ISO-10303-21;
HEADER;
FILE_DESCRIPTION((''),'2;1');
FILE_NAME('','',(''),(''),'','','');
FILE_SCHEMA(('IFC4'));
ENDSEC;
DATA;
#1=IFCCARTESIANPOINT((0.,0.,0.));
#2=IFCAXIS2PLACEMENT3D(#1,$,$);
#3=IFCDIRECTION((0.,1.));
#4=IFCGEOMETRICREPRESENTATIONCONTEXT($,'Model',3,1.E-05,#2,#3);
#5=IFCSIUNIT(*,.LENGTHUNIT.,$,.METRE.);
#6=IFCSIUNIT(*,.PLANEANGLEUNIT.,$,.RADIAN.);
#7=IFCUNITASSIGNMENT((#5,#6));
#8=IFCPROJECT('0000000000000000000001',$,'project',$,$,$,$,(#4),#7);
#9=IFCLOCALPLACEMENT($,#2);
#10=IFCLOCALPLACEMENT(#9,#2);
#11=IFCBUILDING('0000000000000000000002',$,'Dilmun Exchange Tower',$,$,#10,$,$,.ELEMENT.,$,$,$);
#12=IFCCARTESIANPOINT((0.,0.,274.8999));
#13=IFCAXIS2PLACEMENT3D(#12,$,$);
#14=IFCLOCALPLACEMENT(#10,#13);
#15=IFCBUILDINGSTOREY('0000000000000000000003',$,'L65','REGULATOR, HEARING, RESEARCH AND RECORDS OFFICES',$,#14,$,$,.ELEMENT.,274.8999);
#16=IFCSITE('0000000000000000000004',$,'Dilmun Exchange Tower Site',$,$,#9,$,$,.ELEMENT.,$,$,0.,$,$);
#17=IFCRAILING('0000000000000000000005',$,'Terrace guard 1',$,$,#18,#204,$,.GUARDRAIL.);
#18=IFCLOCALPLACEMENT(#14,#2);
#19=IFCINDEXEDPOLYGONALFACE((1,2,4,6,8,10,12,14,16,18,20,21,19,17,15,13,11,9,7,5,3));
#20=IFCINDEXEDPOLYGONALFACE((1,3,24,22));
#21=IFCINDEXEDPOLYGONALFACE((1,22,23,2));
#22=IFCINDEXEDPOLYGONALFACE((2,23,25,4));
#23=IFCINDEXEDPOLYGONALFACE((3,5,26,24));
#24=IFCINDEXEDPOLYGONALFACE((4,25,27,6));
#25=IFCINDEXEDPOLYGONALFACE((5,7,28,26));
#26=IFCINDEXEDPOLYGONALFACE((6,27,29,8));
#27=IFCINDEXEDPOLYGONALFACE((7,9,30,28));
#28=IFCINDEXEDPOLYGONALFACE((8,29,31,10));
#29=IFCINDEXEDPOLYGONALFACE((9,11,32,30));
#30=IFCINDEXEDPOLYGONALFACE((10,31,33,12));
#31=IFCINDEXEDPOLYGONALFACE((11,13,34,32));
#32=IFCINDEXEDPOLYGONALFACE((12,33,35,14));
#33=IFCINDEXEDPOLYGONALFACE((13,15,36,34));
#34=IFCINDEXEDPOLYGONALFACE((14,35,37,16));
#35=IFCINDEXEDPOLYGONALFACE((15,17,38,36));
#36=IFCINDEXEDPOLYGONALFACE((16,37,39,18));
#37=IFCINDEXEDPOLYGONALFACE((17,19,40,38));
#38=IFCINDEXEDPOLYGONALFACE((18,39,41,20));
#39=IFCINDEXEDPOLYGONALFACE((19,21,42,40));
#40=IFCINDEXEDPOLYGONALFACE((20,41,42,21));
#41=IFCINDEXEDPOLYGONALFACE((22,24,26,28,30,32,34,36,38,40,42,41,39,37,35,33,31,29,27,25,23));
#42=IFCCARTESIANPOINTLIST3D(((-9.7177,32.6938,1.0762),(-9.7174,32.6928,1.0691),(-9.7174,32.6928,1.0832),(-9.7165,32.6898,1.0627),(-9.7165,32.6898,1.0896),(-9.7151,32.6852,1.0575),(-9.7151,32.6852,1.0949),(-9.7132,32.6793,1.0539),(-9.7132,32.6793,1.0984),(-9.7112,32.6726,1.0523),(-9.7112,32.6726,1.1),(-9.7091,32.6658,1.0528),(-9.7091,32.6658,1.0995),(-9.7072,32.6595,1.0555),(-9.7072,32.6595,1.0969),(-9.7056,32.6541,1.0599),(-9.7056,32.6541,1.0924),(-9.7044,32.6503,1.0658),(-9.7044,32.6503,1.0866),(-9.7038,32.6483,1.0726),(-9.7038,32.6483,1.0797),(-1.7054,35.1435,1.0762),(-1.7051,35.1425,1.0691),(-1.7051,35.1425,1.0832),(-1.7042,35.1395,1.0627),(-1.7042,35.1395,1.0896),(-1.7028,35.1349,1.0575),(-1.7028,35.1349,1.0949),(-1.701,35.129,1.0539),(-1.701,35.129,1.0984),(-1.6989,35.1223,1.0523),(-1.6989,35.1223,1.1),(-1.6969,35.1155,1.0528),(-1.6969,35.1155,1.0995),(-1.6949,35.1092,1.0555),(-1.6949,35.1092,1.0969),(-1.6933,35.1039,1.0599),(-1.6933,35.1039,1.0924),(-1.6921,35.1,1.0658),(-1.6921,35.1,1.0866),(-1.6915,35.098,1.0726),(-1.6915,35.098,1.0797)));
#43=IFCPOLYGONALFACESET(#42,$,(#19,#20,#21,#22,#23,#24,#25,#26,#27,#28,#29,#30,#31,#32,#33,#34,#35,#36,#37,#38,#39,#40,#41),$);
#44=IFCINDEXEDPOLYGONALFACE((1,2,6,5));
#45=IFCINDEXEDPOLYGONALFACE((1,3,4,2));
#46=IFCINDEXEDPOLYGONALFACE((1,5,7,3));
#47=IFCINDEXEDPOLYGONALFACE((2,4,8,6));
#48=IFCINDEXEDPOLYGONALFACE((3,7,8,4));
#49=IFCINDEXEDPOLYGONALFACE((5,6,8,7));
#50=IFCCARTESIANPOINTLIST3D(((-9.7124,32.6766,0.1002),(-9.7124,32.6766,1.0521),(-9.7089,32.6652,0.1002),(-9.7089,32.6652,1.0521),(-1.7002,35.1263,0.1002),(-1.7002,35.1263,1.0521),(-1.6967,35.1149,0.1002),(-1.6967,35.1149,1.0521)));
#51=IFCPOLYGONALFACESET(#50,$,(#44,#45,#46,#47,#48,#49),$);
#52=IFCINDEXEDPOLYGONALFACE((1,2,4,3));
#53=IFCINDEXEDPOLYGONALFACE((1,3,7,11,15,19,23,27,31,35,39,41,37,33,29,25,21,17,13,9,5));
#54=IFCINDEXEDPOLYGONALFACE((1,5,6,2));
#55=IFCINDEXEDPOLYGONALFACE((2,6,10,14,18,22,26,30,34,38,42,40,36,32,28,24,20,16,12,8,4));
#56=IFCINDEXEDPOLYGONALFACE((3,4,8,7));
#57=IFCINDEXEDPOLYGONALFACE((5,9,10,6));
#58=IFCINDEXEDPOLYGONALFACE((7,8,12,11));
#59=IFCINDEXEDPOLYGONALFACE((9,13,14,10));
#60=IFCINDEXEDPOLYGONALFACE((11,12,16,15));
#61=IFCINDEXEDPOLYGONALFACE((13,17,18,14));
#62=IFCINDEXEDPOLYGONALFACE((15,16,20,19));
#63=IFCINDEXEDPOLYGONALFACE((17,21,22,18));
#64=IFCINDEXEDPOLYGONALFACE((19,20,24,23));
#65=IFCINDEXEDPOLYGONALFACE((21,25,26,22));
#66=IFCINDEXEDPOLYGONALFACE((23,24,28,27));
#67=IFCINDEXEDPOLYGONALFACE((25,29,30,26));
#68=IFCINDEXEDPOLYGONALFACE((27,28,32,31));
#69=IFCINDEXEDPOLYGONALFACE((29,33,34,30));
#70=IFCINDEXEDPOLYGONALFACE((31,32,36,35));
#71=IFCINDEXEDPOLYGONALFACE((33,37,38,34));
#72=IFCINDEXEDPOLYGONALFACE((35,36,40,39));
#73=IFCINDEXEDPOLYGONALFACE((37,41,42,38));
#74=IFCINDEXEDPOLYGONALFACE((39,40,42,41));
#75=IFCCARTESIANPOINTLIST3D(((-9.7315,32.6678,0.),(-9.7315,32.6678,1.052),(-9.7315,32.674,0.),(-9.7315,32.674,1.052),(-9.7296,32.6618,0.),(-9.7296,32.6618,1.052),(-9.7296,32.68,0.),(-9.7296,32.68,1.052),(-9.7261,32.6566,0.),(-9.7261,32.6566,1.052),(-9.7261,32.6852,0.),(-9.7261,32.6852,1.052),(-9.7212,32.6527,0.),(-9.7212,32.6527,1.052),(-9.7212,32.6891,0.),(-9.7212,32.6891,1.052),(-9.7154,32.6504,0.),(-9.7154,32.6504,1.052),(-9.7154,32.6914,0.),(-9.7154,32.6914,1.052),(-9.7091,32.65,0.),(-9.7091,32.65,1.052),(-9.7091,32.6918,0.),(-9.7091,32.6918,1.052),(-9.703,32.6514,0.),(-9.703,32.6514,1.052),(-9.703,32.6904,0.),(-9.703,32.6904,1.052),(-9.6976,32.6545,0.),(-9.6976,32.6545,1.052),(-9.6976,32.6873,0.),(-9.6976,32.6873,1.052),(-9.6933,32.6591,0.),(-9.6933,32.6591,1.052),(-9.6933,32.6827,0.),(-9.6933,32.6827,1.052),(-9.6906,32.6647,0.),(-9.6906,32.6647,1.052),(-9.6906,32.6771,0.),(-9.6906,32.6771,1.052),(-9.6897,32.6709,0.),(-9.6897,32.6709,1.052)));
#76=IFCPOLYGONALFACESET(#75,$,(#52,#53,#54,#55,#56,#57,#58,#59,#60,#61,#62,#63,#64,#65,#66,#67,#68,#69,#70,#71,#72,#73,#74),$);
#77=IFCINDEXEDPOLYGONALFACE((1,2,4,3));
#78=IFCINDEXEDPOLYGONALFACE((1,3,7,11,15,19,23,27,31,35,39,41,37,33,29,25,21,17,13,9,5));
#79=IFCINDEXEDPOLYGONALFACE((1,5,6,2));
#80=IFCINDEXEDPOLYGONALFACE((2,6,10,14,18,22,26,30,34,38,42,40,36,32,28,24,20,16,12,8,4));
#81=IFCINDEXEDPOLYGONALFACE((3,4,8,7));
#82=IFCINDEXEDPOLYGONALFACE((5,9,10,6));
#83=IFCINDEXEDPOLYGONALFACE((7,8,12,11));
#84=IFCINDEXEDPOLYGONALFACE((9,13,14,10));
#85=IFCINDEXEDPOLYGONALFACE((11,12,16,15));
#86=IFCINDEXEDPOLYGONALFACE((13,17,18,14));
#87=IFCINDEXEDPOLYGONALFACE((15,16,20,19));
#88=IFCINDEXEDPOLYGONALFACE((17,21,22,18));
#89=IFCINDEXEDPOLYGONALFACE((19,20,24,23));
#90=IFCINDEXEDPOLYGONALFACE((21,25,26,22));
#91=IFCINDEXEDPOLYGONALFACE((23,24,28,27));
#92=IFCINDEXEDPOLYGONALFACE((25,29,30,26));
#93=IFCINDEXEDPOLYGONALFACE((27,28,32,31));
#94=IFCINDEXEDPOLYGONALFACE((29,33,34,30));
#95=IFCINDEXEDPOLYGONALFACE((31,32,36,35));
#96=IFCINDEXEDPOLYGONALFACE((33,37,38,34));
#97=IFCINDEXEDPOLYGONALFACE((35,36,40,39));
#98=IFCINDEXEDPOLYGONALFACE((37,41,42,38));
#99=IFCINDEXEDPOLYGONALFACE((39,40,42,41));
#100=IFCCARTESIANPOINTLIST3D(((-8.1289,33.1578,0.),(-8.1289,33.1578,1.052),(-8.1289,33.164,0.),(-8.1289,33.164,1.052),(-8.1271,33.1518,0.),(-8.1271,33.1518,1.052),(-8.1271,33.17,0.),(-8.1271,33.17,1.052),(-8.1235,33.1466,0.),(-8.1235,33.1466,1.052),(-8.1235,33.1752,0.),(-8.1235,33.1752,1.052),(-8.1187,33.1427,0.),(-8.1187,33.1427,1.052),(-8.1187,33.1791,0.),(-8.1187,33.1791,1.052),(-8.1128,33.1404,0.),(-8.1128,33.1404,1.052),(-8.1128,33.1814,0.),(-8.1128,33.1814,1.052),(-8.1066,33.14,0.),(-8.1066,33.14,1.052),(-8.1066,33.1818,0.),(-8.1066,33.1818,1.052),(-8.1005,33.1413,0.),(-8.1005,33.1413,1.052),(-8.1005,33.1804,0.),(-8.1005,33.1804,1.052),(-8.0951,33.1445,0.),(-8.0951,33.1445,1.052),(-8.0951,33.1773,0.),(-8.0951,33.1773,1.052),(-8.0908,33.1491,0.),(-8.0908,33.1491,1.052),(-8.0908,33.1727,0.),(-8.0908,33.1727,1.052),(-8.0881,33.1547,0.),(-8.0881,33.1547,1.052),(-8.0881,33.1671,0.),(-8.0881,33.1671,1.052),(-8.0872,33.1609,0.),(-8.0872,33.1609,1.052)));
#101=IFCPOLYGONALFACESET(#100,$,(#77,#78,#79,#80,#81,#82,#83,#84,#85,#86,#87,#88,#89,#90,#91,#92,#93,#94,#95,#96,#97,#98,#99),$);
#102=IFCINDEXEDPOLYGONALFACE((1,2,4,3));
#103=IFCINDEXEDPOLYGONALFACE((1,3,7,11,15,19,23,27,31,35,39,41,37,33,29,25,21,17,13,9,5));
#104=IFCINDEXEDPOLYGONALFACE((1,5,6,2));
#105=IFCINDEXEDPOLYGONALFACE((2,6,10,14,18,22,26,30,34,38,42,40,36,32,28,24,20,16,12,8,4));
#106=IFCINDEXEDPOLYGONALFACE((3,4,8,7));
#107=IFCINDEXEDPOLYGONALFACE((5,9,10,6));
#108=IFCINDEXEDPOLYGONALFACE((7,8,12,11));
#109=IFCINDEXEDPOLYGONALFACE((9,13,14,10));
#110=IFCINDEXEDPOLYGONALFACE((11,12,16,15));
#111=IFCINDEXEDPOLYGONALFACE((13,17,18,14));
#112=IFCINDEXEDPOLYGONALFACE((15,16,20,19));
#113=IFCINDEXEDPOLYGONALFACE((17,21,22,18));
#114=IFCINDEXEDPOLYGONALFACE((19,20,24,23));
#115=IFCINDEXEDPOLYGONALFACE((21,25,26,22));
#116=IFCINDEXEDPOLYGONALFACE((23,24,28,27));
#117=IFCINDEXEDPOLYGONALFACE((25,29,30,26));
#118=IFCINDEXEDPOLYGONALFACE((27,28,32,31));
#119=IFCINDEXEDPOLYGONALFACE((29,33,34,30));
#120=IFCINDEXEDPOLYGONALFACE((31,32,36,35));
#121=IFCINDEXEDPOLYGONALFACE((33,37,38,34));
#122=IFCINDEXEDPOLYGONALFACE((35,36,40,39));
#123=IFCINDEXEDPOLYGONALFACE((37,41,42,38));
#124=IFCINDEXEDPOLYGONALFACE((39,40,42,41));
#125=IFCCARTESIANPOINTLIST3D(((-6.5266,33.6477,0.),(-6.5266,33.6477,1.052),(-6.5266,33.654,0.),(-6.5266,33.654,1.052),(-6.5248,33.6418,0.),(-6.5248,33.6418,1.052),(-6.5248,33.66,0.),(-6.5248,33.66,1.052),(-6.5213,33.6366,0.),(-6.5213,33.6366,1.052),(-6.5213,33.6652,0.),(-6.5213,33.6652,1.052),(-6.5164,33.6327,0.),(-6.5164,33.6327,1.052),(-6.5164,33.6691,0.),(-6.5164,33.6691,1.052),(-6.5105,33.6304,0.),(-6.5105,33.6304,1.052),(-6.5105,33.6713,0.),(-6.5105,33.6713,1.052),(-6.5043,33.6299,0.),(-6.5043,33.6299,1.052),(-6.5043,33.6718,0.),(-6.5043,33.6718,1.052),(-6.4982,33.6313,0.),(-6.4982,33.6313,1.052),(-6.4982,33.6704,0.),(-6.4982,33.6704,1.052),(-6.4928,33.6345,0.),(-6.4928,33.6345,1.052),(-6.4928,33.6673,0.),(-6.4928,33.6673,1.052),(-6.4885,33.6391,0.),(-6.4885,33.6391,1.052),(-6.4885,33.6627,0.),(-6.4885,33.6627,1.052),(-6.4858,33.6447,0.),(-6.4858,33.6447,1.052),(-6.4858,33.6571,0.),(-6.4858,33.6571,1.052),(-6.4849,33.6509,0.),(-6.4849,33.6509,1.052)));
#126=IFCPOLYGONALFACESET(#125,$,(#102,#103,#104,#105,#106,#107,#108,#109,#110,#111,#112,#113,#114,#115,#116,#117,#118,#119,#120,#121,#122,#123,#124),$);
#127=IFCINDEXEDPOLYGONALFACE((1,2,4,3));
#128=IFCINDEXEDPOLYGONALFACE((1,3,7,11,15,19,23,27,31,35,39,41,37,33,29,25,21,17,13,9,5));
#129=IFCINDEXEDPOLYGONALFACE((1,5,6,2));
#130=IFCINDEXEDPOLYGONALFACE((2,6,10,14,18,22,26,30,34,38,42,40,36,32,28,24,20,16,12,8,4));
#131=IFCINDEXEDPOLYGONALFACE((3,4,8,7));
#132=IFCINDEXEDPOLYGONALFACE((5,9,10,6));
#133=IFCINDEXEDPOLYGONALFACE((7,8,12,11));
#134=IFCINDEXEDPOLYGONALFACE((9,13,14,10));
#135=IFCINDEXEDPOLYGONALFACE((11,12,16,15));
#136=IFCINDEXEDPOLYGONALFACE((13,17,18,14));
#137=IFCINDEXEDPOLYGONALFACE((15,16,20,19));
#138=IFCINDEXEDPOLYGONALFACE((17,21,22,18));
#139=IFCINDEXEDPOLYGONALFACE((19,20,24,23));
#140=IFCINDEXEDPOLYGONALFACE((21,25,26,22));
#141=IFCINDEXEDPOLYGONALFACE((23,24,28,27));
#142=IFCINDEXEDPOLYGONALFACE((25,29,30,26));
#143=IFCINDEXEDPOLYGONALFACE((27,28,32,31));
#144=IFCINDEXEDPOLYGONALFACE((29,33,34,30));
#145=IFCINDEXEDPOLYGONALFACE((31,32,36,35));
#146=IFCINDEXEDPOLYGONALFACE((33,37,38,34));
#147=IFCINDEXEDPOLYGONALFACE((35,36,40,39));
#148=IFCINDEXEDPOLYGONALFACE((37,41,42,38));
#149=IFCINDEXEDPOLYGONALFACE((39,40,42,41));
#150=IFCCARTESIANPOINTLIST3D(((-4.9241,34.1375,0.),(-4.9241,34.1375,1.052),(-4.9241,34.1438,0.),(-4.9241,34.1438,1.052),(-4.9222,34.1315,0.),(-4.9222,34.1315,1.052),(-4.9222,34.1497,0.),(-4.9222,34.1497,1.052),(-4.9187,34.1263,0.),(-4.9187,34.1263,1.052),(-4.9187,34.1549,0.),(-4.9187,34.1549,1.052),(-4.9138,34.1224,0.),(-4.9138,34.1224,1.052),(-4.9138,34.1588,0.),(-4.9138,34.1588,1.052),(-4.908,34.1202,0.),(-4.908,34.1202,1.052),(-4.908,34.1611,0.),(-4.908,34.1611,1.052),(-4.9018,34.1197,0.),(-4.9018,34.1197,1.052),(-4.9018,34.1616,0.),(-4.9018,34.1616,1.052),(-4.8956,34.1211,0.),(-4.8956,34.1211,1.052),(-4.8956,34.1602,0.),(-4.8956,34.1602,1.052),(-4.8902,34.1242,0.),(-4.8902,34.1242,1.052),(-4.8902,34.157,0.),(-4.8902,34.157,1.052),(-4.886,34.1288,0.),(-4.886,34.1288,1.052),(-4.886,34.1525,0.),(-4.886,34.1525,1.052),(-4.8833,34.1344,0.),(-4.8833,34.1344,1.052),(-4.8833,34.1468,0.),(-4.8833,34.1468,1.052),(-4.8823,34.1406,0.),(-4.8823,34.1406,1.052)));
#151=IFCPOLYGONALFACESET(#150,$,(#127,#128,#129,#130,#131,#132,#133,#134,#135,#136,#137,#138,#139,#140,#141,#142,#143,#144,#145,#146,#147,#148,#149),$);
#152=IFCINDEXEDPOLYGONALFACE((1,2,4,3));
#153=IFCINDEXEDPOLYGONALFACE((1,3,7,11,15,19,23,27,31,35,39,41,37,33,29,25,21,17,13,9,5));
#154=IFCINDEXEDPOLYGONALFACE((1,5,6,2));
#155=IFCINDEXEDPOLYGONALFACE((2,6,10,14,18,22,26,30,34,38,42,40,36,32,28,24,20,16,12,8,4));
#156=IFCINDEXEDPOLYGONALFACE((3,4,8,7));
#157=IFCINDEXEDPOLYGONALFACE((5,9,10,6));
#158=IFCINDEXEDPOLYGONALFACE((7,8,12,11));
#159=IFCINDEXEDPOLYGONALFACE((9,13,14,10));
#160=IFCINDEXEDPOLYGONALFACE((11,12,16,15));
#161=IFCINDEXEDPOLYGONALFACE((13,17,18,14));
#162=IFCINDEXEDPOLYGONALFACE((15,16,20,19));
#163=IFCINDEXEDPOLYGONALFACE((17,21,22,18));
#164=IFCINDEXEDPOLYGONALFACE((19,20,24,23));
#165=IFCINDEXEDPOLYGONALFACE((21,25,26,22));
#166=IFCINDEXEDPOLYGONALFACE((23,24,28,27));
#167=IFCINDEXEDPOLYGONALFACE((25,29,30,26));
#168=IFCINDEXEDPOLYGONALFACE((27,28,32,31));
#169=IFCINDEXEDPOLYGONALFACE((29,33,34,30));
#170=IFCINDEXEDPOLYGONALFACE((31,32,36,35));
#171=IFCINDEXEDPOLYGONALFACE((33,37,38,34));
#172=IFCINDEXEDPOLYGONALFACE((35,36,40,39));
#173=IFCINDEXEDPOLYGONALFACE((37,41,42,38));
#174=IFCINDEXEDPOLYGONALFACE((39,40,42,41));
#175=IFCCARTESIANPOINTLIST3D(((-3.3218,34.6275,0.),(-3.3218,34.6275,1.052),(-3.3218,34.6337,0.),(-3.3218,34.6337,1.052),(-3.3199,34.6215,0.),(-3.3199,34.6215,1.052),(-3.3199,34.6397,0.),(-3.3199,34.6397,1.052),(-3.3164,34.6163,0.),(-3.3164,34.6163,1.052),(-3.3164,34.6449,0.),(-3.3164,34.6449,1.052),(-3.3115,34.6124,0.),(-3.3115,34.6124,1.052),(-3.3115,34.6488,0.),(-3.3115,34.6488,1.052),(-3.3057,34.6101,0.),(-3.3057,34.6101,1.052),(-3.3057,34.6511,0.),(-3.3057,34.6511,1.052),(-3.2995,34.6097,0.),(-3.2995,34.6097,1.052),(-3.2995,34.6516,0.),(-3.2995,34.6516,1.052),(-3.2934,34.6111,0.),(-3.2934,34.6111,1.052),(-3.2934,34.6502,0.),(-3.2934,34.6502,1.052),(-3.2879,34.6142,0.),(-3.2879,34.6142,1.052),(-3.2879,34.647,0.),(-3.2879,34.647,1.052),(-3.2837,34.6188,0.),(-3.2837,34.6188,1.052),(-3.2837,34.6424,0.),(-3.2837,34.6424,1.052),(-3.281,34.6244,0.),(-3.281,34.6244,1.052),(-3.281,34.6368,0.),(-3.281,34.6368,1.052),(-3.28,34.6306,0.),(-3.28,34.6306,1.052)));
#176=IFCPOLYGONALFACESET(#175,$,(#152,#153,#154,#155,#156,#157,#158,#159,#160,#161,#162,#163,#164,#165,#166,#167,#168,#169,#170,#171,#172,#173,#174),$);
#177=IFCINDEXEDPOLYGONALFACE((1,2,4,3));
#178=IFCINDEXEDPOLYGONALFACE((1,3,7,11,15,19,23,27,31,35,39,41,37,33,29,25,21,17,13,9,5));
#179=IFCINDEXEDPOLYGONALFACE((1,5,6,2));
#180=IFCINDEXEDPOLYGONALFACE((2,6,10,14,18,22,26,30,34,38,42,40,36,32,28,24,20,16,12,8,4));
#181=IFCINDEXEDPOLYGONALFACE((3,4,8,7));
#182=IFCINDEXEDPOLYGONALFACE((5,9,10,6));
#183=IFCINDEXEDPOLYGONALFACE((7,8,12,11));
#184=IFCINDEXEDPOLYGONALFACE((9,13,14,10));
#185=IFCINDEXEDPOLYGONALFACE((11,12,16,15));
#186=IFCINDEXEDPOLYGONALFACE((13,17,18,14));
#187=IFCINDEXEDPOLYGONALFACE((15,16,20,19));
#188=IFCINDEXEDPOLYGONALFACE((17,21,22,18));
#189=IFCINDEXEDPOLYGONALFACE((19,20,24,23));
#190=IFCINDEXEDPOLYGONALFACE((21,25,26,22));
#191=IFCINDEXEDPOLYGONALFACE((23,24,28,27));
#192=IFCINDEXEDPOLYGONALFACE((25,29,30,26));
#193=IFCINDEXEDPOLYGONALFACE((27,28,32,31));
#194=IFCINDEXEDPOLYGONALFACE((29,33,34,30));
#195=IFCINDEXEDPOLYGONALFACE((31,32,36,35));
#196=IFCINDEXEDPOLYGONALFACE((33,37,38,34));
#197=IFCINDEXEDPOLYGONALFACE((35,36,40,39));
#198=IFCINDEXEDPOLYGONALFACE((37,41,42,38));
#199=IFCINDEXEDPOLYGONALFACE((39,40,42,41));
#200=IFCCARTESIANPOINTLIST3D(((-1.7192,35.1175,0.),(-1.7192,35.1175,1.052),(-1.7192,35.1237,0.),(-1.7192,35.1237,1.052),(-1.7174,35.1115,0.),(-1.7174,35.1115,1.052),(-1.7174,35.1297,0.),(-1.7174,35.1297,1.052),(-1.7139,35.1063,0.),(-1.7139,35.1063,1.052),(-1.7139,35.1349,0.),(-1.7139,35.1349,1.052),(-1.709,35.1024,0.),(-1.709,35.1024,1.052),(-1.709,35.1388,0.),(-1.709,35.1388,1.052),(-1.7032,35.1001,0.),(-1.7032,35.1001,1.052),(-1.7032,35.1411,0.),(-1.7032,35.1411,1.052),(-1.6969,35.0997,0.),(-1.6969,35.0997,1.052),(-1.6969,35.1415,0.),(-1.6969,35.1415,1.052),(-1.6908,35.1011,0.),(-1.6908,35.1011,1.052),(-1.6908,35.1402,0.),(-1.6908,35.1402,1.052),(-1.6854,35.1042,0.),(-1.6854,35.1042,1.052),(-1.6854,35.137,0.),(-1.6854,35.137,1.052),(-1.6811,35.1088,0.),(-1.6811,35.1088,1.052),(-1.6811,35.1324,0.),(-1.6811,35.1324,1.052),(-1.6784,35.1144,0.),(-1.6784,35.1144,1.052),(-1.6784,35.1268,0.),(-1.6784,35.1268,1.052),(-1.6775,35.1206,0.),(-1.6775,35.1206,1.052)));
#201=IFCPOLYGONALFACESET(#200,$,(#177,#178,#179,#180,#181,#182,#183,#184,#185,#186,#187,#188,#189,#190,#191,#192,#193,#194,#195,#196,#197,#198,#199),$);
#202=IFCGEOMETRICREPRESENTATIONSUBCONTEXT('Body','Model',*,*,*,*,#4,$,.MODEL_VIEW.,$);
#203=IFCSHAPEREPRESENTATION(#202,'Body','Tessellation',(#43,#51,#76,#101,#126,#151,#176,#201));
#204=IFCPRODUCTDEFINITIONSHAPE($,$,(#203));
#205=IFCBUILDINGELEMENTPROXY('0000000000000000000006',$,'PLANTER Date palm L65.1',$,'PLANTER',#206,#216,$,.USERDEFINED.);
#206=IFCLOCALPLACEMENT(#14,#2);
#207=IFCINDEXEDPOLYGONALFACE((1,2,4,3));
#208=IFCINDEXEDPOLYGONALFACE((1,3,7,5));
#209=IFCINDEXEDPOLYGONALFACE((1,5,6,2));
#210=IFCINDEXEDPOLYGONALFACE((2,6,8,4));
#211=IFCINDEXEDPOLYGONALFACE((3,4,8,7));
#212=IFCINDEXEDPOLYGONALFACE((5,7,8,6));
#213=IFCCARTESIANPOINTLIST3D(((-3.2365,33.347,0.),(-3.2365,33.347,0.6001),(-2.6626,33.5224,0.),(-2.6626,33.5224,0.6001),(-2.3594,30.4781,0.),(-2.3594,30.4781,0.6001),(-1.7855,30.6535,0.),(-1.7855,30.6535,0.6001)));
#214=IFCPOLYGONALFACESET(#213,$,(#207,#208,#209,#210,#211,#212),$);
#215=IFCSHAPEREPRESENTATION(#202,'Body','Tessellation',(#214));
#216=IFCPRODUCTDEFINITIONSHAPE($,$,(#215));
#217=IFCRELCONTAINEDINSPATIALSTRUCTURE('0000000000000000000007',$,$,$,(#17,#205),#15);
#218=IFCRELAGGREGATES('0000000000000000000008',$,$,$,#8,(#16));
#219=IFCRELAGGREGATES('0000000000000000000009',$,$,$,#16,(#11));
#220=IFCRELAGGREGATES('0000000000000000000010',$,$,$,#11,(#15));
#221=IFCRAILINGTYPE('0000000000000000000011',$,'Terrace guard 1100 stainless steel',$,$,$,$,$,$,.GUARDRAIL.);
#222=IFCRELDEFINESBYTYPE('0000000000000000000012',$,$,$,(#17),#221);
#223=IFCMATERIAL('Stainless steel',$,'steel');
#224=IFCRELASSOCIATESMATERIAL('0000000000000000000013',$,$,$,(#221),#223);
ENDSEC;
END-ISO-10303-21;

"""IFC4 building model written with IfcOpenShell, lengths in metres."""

from ifc_helpers import new_model, si_unit, direction, frame, origin, origin_2d, place, context, subcontext, project, spatial, rectangle, circle, extrude, material, type_object, element, save


model = new_model("IFC4")

# Units and contexts
model_context = context("Model", 3, precision=1e-05, world=origin(), true_north=direction((0.0, 1.0)))
body_context = subcontext(model_context, "Body", "Model", "MODEL_VIEW")
ifc_project = project(units=[si_unit("LENGTHUNIT", "METRE"), si_unit("PLANEANGLEUNIT", "RADIAN")], contexts=[model_context])

# Site, building, storey
site_placement = place(None, origin())
site = spatial("IfcSite", under=ifc_project, at=site_placement, Name="Dilmun Exchange Tower Site", CompositionType="ELEMENT", RefElevation=0.0)
building_placement = place(site_placement, origin())
building = spatial("IfcBuilding", under=site, at=building_placement, Name="Dilmun Exchange Tower", CompositionType="ELEMENT")
storey_placement = place(building_placement, frame((0.0, 0.0, 274.8999)))
storey = spatial("IfcBuildingStorey", under=building, at=storey_placement, Name="L65", Description="REGULATOR, HEARING, RESEARCH AND RECORDS OFFICES", CompositionType="ELEMENT", Elevation=274.8999)

# Railing
ifc_material_1 = material(Name="Stainless steel", Category="steel")
railing_type = type_object("IfcRailingType", Name="Terrace guard 1100 stainless steel", PredefinedType="GUARDRAIL", material=ifc_material_1)
railing_placement = place(storey_placement, frame((-9.7107, 32.6709, 0.0)))
element("IfcRailing", 1, at=railing_placement, inside=storey, type_object=railing_type, Name="Terrace guard 1", PredefinedType="GUARDRAIL", context=body_context, shape_type="SweptSolid", body=[
    extrude(circle(Radius=0.0239, at=origin_2d()), frame((0.0, 0.0, 1.0762), z_axis=(0.9563, 0.292386, 0.0), x_axis=(-0.292386, 0.9563, 0.0)), (0.0, 0.0, 1.0), 8.3784),
    extrude(rectangle(XDim=0.012, YDim=0.9519, at=origin_2d()), frame((0.0, 0.0, 0.5762), z_axis=(0.9563, 0.292386, 0.0), x_axis=(-0.292386, 0.9563, 0.0)), (0.0, 0.0, 1.0), 8.3784),
    extrude(circle(Radius=0.021, at=origin_2d()), origin(), (0.0, 0.0, 1.0), 1.052),
    extrude(circle(Radius=0.021, at=origin_2d()), frame((1.6025, 0.49, 0.0)), (0.0, 0.0, 1.0), 1.052),
    extrude(circle(Radius=0.021, at=origin_2d()), frame((3.2048, 0.98, 0.0)), (0.0, 0.0, 1.0), 1.052),
    extrude(circle(Radius=0.021, at=origin_2d()), frame((4.8074, 1.4697, 0.0)), (0.0, 0.0, 1.0), 1.052),
    extrude(circle(Radius=0.021, at=origin_2d()), frame((6.4097, 1.9597, 0.0)), (0.0, 0.0, 1.0), 1.052),
    extrude(circle(Radius=0.021, at=origin_2d()), frame((8.0122, 2.4497, 0.0)), (0.0, 0.0, 1.0), 1.052),
])

# Building element proxy
for number, where, z_axis, x_axis, name in (
    (2, (-2.511, 32.0002, 0.0), (0.0, 0.0, 1.0), (-0.292372, 0.956305, 0.0), "PLANTER Date palm L65.1"),
):
    element("IfcBuildingElementProxy", number, at=place(storey_placement, frame(where, z_axis=z_axis, x_axis=x_axis)), inside=storey, Name=name, ObjectType="PLANTER", PredefinedType="USERDEFINED", context=body_context, shape_type="SweptSolid", body=[
        extrude(rectangle(XDim=3.0, YDim=0.6001, at=origin_2d()), origin(), (0.0, 0.0, 1.0), 0.6001),
    ])

save(model, "model.ifc")
